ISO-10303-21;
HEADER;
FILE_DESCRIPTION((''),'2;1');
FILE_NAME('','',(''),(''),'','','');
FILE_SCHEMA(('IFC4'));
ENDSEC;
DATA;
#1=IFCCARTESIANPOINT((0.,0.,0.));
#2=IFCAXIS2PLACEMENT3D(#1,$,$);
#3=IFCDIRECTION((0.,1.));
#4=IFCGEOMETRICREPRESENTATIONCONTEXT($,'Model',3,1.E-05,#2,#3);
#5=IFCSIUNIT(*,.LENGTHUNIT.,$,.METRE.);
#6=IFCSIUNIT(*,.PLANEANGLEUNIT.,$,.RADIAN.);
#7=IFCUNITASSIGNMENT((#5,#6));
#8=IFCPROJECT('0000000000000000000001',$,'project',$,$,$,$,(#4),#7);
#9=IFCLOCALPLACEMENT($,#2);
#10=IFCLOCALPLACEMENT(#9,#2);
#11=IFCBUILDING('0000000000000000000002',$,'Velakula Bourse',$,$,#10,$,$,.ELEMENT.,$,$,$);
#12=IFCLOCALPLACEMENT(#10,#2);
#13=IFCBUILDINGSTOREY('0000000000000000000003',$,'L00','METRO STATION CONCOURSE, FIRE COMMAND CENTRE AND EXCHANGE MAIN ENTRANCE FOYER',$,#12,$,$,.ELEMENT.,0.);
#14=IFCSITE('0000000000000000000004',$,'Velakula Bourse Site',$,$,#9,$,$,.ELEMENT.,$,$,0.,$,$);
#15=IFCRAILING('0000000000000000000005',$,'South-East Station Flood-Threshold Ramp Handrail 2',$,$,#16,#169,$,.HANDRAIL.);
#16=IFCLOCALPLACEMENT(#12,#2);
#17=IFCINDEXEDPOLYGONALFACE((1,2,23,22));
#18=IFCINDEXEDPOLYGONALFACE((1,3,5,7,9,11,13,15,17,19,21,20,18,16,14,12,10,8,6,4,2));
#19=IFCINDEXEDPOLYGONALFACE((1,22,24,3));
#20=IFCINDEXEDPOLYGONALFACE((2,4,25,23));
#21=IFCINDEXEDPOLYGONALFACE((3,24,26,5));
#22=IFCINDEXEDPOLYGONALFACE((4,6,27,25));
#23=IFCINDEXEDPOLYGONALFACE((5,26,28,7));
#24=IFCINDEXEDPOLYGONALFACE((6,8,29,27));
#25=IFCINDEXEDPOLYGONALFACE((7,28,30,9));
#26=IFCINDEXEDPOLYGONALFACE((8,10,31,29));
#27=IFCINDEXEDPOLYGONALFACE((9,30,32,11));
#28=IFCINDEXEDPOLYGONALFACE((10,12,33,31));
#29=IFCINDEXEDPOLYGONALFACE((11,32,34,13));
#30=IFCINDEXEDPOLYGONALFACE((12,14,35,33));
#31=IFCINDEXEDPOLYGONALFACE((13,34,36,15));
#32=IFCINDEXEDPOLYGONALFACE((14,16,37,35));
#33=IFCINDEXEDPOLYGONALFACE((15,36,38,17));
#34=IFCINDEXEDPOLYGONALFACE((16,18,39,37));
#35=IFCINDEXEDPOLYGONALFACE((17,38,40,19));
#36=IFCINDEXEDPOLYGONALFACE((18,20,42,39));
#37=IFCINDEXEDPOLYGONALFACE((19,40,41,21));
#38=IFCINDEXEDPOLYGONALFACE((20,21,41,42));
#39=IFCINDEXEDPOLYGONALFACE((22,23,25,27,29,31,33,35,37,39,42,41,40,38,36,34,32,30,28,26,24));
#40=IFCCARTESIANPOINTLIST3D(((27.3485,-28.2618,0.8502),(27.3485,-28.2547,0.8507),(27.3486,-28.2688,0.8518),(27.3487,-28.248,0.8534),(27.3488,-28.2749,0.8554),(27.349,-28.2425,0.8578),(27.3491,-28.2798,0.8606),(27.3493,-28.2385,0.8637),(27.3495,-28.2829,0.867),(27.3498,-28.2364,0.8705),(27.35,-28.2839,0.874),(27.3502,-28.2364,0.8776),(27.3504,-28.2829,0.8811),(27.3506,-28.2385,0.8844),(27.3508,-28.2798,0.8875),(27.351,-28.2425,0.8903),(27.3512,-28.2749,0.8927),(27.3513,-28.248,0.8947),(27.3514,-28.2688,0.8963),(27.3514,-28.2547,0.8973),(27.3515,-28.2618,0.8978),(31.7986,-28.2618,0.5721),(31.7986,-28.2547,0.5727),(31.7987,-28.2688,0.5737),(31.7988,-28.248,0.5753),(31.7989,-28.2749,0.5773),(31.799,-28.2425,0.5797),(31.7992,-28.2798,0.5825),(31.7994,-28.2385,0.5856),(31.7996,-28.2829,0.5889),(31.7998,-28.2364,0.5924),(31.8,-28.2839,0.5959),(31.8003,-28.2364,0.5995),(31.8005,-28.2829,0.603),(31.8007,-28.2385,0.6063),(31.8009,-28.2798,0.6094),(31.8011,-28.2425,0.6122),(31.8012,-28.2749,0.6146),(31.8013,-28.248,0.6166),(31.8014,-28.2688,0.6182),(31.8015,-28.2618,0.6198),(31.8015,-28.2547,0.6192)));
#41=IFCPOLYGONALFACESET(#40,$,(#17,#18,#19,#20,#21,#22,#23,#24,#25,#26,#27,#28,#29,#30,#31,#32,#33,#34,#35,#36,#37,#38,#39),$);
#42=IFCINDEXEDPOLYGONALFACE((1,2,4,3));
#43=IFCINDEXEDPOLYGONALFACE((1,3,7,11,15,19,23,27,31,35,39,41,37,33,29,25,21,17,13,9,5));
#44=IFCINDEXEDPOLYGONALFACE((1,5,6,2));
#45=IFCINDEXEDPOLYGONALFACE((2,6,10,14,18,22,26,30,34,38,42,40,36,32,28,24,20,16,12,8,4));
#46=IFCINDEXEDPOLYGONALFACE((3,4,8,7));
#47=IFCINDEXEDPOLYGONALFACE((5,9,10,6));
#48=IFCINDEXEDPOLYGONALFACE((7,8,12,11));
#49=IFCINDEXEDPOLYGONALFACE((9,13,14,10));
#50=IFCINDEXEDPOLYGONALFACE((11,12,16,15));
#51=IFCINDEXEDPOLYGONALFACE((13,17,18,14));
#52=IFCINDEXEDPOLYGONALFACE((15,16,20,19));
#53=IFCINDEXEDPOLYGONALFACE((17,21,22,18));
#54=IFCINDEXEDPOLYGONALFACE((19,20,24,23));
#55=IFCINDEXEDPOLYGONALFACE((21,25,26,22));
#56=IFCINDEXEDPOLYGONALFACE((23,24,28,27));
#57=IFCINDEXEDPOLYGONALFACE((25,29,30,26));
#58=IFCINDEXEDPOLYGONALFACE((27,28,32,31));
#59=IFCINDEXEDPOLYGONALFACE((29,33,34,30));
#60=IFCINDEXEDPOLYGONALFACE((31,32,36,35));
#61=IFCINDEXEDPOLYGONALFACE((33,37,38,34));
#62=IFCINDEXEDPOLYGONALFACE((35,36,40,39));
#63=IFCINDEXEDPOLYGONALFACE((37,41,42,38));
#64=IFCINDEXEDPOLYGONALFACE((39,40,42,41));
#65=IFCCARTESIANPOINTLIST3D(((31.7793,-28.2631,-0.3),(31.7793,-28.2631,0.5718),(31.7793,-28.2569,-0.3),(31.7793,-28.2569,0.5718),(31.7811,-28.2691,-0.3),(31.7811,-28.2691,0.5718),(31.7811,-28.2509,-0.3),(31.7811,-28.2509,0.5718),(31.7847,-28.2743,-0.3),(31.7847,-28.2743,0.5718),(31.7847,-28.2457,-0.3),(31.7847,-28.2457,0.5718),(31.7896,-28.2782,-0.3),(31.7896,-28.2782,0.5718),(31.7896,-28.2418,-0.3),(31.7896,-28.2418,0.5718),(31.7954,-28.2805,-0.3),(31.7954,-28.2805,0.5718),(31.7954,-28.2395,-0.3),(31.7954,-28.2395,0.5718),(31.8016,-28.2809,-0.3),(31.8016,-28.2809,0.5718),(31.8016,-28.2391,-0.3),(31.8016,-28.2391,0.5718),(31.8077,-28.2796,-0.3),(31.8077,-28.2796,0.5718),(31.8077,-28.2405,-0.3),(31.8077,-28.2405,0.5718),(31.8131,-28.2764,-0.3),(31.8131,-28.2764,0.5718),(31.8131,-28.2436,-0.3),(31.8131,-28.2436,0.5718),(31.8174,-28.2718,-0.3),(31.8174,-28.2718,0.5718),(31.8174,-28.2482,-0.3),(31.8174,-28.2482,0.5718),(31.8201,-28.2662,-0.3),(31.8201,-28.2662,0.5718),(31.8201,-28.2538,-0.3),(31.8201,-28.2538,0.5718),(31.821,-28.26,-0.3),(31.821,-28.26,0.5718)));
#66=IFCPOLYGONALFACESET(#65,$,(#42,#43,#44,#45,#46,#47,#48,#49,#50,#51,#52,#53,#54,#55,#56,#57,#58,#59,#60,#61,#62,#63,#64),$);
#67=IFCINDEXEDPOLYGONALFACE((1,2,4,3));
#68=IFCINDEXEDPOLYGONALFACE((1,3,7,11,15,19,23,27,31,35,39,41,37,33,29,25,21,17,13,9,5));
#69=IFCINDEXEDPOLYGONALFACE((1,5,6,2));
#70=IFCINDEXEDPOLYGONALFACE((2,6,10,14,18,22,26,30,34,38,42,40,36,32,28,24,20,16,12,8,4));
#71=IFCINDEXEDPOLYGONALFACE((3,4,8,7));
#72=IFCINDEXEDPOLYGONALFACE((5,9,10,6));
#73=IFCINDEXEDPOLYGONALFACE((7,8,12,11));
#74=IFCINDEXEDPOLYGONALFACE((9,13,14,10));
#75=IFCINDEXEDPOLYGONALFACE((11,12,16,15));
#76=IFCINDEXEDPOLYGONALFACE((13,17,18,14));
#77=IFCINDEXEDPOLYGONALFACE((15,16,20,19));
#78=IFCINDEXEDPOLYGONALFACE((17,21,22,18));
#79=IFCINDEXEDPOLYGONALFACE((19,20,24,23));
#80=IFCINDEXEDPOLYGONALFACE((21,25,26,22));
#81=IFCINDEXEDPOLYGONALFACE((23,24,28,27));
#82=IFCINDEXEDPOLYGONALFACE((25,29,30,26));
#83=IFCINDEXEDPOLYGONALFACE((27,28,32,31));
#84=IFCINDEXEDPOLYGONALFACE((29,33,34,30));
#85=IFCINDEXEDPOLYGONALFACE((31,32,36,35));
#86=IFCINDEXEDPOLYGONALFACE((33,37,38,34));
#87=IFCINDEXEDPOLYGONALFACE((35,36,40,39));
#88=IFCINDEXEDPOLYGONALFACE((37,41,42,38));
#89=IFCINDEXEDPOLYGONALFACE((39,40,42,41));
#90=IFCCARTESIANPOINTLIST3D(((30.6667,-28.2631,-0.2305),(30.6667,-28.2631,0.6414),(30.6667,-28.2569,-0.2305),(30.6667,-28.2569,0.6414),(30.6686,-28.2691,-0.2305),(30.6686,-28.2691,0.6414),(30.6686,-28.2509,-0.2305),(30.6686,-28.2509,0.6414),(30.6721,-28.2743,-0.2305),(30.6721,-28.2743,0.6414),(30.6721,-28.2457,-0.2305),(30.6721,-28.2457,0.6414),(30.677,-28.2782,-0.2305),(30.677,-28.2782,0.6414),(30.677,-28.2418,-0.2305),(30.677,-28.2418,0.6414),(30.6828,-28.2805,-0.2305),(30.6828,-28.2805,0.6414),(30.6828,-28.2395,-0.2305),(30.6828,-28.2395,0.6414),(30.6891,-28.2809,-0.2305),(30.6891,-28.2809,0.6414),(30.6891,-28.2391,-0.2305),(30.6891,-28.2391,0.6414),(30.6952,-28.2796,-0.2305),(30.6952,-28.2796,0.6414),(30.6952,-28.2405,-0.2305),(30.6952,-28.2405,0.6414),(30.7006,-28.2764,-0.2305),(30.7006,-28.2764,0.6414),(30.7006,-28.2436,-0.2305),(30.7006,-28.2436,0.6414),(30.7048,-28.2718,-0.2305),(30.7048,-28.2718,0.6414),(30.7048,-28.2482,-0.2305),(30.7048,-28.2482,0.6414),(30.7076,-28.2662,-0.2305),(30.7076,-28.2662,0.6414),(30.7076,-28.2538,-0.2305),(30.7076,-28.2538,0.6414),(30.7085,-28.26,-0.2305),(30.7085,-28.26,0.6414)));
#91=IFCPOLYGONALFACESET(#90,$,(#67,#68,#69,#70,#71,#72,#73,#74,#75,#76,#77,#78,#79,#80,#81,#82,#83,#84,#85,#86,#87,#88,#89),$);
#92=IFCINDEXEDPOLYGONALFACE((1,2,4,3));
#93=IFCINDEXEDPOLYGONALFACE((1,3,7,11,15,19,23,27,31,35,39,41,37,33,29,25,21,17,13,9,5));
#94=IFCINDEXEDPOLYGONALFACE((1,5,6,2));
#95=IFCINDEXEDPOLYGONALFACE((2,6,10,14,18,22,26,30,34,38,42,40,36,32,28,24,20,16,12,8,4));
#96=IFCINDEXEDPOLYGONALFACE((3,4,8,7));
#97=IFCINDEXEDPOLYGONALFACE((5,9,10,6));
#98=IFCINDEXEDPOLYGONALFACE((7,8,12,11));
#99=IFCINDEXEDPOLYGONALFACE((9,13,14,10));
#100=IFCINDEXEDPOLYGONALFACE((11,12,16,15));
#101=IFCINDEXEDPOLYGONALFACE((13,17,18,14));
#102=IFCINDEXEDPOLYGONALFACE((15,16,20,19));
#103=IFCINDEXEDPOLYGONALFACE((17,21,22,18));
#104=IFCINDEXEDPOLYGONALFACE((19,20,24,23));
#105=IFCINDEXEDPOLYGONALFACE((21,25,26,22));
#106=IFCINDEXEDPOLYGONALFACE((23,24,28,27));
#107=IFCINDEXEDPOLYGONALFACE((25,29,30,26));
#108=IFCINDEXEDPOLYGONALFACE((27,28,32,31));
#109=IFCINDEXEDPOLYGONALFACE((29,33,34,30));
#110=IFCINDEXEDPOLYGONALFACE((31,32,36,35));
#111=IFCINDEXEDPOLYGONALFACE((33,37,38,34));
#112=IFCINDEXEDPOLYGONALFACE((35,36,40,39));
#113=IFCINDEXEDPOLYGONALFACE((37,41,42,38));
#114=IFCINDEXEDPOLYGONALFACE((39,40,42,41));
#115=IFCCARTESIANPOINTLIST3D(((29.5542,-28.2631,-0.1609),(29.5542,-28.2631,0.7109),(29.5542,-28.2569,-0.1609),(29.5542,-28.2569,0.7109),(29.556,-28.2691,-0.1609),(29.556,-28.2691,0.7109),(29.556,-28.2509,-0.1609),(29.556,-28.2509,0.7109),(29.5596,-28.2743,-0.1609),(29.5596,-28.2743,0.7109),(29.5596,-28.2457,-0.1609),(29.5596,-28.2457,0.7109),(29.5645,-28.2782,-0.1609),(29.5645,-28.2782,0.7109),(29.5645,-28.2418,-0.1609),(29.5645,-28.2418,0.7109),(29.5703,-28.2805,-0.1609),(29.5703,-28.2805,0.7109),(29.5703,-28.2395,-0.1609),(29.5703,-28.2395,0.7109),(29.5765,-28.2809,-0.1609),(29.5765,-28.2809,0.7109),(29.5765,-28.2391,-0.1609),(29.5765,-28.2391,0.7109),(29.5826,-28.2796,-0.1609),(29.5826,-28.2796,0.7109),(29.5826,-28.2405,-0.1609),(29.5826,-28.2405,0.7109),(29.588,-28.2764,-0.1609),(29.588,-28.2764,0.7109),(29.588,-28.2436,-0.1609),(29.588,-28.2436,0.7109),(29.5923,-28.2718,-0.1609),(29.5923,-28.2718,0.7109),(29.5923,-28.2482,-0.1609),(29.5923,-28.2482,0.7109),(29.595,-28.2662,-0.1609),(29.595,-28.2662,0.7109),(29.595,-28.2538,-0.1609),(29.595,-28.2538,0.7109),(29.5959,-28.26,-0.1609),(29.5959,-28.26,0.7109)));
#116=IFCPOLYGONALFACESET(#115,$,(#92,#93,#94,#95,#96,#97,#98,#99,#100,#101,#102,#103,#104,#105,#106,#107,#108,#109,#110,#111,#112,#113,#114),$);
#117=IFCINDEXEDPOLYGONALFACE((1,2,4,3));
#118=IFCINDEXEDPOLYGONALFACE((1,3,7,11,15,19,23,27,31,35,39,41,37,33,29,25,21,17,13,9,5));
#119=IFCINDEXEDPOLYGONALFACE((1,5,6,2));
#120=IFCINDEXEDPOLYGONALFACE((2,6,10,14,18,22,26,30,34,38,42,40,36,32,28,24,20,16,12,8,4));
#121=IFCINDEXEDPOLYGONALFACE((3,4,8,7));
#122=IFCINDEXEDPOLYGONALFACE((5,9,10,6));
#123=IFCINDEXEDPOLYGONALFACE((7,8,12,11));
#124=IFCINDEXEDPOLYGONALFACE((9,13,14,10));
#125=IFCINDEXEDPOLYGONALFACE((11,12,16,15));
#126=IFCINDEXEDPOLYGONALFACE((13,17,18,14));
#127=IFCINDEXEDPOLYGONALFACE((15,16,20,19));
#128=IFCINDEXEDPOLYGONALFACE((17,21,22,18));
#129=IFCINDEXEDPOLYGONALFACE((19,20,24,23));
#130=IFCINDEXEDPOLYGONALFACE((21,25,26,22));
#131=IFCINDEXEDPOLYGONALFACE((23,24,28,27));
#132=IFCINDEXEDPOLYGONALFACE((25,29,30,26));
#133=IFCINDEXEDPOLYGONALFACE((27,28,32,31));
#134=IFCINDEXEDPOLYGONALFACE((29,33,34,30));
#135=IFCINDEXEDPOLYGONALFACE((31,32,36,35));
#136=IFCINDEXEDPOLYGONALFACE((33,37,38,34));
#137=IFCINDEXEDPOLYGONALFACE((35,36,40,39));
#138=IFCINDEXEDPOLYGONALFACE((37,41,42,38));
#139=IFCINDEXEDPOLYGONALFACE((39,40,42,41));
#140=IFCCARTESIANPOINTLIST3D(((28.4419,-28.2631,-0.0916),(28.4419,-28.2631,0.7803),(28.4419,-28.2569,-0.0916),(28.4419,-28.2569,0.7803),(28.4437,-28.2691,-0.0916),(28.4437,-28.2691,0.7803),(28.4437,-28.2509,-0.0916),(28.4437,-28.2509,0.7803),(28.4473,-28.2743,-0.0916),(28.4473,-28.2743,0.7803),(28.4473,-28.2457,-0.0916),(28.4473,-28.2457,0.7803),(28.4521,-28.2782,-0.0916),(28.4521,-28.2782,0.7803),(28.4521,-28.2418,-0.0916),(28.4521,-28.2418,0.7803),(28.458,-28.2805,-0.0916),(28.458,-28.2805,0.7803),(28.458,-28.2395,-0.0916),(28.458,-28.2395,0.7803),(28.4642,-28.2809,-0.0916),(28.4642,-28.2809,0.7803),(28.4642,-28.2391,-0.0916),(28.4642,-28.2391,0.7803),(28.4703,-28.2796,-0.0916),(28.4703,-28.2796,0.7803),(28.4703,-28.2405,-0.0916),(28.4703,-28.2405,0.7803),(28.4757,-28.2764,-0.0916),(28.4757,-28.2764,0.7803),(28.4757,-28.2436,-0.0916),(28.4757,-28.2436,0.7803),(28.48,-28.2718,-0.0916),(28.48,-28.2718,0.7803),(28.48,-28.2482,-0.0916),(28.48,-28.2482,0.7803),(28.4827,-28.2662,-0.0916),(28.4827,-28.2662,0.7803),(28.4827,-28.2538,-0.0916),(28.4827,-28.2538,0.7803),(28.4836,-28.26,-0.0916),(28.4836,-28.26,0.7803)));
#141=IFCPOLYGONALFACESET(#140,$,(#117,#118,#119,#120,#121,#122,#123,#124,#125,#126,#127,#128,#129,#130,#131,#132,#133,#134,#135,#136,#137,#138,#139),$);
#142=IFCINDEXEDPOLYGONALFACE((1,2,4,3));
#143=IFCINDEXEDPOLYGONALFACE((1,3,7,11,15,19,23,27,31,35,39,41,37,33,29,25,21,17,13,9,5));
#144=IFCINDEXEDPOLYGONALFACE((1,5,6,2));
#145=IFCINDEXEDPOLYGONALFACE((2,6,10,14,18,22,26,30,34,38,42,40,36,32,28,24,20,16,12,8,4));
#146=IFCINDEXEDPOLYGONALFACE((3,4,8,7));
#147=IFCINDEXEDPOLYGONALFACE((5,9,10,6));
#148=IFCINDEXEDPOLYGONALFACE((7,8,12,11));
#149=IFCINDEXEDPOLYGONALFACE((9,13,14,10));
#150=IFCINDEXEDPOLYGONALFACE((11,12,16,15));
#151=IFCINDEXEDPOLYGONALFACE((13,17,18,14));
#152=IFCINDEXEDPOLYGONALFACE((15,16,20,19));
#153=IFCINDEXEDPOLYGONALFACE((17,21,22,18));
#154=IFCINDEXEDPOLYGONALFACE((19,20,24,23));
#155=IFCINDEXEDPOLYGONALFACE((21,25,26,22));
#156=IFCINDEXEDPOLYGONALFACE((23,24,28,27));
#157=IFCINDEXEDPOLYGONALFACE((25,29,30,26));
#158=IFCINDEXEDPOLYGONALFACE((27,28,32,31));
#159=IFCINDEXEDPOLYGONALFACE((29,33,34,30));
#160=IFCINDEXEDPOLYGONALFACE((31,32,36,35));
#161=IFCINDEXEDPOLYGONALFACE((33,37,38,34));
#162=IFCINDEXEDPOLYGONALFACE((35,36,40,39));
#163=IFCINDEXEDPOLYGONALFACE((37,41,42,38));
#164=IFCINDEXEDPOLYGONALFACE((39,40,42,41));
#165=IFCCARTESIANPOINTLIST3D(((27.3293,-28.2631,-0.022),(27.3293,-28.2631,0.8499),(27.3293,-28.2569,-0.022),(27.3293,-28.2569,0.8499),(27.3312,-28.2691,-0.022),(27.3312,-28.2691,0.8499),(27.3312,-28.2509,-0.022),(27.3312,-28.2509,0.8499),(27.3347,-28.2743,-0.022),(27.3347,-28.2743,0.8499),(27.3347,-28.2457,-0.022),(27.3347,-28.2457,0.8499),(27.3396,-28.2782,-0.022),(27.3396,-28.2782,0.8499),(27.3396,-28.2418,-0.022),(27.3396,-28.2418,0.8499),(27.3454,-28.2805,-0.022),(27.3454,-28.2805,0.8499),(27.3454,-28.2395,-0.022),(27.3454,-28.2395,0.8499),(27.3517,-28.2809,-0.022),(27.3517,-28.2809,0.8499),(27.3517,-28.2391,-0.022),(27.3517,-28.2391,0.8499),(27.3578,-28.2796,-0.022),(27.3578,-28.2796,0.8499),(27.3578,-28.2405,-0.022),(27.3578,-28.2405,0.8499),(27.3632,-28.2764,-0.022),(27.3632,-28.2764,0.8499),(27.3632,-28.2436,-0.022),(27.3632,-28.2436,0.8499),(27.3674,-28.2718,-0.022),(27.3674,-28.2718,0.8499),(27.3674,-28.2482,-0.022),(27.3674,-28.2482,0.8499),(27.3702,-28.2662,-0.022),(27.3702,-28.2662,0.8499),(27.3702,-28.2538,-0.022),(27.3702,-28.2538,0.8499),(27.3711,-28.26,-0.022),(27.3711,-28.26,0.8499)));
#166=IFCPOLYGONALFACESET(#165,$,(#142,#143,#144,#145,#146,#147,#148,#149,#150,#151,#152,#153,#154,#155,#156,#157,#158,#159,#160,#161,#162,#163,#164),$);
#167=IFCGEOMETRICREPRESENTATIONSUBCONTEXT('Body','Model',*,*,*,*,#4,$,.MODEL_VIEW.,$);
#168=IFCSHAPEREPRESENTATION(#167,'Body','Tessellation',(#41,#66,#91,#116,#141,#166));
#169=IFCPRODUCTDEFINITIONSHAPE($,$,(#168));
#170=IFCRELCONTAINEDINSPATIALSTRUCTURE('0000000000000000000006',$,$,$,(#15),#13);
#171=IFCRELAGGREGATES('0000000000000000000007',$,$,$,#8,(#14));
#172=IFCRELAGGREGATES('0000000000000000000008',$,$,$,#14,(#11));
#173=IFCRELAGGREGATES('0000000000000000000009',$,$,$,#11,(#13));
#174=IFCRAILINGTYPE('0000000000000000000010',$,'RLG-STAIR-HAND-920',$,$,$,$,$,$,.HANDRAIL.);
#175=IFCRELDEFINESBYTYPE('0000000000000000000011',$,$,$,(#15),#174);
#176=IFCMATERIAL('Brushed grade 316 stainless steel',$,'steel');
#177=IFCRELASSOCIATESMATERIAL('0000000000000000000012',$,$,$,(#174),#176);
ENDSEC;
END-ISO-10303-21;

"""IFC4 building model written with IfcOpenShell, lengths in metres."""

from ifc_helpers import new_model, si_unit, direction, frame, origin, origin_2d, place, context, subcontext, project, spatial, circle, extrude, material, type_object, element, save


model = new_model("IFC4")

# Units and contexts
model_context = context("Model", 3, precision=1e-05, world=origin(), true_north=direction((0.0, 1.0)))
body_context = subcontext(model_context, "Body", "Model", "MODEL_VIEW")
ifc_project = project(units=[si_unit("LENGTHUNIT", "METRE"), si_unit("PLANEANGLEUNIT", "RADIAN")], contexts=[model_context])

# Site, building, storey
site_placement = place(None, origin())
site = spatial("IfcSite", under=ifc_project, at=site_placement, Name="Velakula Bourse Site", CompositionType="ELEMENT", RefElevation=0.0)
building_placement = place(site_placement, origin())
building = spatial("IfcBuilding", under=site, at=building_placement, Name="Velakula Bourse", CompositionType="ELEMENT")
storey_placement = place(building_placement, origin())
storey = spatial("IfcBuildingStorey", under=building, at=storey_placement, Name="L00", Description="METRO STATION CONCOURSE, FIRE COMMAND CENTRE AND EXCHANGE MAIN ENTRANCE FOYER", CompositionType="ELEMENT", Elevation=0.0)

# Railing
ifc_material_1 = material(Name="Brushed grade 316 stainless steel", Category="steel")
railing_type_1 = type_object("IfcRailingType", Name="RLG-STAIR-HAND-920", PredefinedType="HANDRAIL", material=ifc_material_1)
for number, where, name in (
    (1, (31.8, -28.26, -0.3), "South-East Station Flood-Threshold Ramp Handrail 2"),
):
    element("IfcRailing", number, at=place(storey_placement, frame(where)), inside=storey, type_object=railing_type_1, Name=name, PredefinedType="HANDRAIL", context=body_context, shape_type="SweptSolid", body=[
        extrude(circle(Radius=0.0239, at=origin_2d()), frame((0.0, 0.0, 0.896), z_axis=(-0.998053, 0.0, 0.062368), x_axis=(0.0, -1.0, 0.0)), (0.0, 0.0, 1.0), 4.4587),
        extrude(circle(Radius=0.021, at=origin_2d()), origin(), (0.0, 0.0, 1.0), 0.8718),
        extrude(circle(Radius=0.021, at=origin_2d()), frame((-1.1125, 0.0, 0.0696)), (0.0, 0.0, 1.0), 0.8718),
        extrude(circle(Radius=0.021, at=origin_2d()), frame((-2.2251, 0.0, 0.1392)), (0.0, 0.0, 1.0), 0.8718),
        extrude(circle(Radius=0.021, at=origin_2d()), frame((-3.3374, 0.0, 0.2085)), (0.0, 0.0, 1.0), 0.8718),
        extrude(circle(Radius=0.021, at=origin_2d()), frame((-4.45, 0.0, 0.2781)), (0.0, 0.0, 1.0), 0.8718),
    ])

save(model, "model.ifc")
